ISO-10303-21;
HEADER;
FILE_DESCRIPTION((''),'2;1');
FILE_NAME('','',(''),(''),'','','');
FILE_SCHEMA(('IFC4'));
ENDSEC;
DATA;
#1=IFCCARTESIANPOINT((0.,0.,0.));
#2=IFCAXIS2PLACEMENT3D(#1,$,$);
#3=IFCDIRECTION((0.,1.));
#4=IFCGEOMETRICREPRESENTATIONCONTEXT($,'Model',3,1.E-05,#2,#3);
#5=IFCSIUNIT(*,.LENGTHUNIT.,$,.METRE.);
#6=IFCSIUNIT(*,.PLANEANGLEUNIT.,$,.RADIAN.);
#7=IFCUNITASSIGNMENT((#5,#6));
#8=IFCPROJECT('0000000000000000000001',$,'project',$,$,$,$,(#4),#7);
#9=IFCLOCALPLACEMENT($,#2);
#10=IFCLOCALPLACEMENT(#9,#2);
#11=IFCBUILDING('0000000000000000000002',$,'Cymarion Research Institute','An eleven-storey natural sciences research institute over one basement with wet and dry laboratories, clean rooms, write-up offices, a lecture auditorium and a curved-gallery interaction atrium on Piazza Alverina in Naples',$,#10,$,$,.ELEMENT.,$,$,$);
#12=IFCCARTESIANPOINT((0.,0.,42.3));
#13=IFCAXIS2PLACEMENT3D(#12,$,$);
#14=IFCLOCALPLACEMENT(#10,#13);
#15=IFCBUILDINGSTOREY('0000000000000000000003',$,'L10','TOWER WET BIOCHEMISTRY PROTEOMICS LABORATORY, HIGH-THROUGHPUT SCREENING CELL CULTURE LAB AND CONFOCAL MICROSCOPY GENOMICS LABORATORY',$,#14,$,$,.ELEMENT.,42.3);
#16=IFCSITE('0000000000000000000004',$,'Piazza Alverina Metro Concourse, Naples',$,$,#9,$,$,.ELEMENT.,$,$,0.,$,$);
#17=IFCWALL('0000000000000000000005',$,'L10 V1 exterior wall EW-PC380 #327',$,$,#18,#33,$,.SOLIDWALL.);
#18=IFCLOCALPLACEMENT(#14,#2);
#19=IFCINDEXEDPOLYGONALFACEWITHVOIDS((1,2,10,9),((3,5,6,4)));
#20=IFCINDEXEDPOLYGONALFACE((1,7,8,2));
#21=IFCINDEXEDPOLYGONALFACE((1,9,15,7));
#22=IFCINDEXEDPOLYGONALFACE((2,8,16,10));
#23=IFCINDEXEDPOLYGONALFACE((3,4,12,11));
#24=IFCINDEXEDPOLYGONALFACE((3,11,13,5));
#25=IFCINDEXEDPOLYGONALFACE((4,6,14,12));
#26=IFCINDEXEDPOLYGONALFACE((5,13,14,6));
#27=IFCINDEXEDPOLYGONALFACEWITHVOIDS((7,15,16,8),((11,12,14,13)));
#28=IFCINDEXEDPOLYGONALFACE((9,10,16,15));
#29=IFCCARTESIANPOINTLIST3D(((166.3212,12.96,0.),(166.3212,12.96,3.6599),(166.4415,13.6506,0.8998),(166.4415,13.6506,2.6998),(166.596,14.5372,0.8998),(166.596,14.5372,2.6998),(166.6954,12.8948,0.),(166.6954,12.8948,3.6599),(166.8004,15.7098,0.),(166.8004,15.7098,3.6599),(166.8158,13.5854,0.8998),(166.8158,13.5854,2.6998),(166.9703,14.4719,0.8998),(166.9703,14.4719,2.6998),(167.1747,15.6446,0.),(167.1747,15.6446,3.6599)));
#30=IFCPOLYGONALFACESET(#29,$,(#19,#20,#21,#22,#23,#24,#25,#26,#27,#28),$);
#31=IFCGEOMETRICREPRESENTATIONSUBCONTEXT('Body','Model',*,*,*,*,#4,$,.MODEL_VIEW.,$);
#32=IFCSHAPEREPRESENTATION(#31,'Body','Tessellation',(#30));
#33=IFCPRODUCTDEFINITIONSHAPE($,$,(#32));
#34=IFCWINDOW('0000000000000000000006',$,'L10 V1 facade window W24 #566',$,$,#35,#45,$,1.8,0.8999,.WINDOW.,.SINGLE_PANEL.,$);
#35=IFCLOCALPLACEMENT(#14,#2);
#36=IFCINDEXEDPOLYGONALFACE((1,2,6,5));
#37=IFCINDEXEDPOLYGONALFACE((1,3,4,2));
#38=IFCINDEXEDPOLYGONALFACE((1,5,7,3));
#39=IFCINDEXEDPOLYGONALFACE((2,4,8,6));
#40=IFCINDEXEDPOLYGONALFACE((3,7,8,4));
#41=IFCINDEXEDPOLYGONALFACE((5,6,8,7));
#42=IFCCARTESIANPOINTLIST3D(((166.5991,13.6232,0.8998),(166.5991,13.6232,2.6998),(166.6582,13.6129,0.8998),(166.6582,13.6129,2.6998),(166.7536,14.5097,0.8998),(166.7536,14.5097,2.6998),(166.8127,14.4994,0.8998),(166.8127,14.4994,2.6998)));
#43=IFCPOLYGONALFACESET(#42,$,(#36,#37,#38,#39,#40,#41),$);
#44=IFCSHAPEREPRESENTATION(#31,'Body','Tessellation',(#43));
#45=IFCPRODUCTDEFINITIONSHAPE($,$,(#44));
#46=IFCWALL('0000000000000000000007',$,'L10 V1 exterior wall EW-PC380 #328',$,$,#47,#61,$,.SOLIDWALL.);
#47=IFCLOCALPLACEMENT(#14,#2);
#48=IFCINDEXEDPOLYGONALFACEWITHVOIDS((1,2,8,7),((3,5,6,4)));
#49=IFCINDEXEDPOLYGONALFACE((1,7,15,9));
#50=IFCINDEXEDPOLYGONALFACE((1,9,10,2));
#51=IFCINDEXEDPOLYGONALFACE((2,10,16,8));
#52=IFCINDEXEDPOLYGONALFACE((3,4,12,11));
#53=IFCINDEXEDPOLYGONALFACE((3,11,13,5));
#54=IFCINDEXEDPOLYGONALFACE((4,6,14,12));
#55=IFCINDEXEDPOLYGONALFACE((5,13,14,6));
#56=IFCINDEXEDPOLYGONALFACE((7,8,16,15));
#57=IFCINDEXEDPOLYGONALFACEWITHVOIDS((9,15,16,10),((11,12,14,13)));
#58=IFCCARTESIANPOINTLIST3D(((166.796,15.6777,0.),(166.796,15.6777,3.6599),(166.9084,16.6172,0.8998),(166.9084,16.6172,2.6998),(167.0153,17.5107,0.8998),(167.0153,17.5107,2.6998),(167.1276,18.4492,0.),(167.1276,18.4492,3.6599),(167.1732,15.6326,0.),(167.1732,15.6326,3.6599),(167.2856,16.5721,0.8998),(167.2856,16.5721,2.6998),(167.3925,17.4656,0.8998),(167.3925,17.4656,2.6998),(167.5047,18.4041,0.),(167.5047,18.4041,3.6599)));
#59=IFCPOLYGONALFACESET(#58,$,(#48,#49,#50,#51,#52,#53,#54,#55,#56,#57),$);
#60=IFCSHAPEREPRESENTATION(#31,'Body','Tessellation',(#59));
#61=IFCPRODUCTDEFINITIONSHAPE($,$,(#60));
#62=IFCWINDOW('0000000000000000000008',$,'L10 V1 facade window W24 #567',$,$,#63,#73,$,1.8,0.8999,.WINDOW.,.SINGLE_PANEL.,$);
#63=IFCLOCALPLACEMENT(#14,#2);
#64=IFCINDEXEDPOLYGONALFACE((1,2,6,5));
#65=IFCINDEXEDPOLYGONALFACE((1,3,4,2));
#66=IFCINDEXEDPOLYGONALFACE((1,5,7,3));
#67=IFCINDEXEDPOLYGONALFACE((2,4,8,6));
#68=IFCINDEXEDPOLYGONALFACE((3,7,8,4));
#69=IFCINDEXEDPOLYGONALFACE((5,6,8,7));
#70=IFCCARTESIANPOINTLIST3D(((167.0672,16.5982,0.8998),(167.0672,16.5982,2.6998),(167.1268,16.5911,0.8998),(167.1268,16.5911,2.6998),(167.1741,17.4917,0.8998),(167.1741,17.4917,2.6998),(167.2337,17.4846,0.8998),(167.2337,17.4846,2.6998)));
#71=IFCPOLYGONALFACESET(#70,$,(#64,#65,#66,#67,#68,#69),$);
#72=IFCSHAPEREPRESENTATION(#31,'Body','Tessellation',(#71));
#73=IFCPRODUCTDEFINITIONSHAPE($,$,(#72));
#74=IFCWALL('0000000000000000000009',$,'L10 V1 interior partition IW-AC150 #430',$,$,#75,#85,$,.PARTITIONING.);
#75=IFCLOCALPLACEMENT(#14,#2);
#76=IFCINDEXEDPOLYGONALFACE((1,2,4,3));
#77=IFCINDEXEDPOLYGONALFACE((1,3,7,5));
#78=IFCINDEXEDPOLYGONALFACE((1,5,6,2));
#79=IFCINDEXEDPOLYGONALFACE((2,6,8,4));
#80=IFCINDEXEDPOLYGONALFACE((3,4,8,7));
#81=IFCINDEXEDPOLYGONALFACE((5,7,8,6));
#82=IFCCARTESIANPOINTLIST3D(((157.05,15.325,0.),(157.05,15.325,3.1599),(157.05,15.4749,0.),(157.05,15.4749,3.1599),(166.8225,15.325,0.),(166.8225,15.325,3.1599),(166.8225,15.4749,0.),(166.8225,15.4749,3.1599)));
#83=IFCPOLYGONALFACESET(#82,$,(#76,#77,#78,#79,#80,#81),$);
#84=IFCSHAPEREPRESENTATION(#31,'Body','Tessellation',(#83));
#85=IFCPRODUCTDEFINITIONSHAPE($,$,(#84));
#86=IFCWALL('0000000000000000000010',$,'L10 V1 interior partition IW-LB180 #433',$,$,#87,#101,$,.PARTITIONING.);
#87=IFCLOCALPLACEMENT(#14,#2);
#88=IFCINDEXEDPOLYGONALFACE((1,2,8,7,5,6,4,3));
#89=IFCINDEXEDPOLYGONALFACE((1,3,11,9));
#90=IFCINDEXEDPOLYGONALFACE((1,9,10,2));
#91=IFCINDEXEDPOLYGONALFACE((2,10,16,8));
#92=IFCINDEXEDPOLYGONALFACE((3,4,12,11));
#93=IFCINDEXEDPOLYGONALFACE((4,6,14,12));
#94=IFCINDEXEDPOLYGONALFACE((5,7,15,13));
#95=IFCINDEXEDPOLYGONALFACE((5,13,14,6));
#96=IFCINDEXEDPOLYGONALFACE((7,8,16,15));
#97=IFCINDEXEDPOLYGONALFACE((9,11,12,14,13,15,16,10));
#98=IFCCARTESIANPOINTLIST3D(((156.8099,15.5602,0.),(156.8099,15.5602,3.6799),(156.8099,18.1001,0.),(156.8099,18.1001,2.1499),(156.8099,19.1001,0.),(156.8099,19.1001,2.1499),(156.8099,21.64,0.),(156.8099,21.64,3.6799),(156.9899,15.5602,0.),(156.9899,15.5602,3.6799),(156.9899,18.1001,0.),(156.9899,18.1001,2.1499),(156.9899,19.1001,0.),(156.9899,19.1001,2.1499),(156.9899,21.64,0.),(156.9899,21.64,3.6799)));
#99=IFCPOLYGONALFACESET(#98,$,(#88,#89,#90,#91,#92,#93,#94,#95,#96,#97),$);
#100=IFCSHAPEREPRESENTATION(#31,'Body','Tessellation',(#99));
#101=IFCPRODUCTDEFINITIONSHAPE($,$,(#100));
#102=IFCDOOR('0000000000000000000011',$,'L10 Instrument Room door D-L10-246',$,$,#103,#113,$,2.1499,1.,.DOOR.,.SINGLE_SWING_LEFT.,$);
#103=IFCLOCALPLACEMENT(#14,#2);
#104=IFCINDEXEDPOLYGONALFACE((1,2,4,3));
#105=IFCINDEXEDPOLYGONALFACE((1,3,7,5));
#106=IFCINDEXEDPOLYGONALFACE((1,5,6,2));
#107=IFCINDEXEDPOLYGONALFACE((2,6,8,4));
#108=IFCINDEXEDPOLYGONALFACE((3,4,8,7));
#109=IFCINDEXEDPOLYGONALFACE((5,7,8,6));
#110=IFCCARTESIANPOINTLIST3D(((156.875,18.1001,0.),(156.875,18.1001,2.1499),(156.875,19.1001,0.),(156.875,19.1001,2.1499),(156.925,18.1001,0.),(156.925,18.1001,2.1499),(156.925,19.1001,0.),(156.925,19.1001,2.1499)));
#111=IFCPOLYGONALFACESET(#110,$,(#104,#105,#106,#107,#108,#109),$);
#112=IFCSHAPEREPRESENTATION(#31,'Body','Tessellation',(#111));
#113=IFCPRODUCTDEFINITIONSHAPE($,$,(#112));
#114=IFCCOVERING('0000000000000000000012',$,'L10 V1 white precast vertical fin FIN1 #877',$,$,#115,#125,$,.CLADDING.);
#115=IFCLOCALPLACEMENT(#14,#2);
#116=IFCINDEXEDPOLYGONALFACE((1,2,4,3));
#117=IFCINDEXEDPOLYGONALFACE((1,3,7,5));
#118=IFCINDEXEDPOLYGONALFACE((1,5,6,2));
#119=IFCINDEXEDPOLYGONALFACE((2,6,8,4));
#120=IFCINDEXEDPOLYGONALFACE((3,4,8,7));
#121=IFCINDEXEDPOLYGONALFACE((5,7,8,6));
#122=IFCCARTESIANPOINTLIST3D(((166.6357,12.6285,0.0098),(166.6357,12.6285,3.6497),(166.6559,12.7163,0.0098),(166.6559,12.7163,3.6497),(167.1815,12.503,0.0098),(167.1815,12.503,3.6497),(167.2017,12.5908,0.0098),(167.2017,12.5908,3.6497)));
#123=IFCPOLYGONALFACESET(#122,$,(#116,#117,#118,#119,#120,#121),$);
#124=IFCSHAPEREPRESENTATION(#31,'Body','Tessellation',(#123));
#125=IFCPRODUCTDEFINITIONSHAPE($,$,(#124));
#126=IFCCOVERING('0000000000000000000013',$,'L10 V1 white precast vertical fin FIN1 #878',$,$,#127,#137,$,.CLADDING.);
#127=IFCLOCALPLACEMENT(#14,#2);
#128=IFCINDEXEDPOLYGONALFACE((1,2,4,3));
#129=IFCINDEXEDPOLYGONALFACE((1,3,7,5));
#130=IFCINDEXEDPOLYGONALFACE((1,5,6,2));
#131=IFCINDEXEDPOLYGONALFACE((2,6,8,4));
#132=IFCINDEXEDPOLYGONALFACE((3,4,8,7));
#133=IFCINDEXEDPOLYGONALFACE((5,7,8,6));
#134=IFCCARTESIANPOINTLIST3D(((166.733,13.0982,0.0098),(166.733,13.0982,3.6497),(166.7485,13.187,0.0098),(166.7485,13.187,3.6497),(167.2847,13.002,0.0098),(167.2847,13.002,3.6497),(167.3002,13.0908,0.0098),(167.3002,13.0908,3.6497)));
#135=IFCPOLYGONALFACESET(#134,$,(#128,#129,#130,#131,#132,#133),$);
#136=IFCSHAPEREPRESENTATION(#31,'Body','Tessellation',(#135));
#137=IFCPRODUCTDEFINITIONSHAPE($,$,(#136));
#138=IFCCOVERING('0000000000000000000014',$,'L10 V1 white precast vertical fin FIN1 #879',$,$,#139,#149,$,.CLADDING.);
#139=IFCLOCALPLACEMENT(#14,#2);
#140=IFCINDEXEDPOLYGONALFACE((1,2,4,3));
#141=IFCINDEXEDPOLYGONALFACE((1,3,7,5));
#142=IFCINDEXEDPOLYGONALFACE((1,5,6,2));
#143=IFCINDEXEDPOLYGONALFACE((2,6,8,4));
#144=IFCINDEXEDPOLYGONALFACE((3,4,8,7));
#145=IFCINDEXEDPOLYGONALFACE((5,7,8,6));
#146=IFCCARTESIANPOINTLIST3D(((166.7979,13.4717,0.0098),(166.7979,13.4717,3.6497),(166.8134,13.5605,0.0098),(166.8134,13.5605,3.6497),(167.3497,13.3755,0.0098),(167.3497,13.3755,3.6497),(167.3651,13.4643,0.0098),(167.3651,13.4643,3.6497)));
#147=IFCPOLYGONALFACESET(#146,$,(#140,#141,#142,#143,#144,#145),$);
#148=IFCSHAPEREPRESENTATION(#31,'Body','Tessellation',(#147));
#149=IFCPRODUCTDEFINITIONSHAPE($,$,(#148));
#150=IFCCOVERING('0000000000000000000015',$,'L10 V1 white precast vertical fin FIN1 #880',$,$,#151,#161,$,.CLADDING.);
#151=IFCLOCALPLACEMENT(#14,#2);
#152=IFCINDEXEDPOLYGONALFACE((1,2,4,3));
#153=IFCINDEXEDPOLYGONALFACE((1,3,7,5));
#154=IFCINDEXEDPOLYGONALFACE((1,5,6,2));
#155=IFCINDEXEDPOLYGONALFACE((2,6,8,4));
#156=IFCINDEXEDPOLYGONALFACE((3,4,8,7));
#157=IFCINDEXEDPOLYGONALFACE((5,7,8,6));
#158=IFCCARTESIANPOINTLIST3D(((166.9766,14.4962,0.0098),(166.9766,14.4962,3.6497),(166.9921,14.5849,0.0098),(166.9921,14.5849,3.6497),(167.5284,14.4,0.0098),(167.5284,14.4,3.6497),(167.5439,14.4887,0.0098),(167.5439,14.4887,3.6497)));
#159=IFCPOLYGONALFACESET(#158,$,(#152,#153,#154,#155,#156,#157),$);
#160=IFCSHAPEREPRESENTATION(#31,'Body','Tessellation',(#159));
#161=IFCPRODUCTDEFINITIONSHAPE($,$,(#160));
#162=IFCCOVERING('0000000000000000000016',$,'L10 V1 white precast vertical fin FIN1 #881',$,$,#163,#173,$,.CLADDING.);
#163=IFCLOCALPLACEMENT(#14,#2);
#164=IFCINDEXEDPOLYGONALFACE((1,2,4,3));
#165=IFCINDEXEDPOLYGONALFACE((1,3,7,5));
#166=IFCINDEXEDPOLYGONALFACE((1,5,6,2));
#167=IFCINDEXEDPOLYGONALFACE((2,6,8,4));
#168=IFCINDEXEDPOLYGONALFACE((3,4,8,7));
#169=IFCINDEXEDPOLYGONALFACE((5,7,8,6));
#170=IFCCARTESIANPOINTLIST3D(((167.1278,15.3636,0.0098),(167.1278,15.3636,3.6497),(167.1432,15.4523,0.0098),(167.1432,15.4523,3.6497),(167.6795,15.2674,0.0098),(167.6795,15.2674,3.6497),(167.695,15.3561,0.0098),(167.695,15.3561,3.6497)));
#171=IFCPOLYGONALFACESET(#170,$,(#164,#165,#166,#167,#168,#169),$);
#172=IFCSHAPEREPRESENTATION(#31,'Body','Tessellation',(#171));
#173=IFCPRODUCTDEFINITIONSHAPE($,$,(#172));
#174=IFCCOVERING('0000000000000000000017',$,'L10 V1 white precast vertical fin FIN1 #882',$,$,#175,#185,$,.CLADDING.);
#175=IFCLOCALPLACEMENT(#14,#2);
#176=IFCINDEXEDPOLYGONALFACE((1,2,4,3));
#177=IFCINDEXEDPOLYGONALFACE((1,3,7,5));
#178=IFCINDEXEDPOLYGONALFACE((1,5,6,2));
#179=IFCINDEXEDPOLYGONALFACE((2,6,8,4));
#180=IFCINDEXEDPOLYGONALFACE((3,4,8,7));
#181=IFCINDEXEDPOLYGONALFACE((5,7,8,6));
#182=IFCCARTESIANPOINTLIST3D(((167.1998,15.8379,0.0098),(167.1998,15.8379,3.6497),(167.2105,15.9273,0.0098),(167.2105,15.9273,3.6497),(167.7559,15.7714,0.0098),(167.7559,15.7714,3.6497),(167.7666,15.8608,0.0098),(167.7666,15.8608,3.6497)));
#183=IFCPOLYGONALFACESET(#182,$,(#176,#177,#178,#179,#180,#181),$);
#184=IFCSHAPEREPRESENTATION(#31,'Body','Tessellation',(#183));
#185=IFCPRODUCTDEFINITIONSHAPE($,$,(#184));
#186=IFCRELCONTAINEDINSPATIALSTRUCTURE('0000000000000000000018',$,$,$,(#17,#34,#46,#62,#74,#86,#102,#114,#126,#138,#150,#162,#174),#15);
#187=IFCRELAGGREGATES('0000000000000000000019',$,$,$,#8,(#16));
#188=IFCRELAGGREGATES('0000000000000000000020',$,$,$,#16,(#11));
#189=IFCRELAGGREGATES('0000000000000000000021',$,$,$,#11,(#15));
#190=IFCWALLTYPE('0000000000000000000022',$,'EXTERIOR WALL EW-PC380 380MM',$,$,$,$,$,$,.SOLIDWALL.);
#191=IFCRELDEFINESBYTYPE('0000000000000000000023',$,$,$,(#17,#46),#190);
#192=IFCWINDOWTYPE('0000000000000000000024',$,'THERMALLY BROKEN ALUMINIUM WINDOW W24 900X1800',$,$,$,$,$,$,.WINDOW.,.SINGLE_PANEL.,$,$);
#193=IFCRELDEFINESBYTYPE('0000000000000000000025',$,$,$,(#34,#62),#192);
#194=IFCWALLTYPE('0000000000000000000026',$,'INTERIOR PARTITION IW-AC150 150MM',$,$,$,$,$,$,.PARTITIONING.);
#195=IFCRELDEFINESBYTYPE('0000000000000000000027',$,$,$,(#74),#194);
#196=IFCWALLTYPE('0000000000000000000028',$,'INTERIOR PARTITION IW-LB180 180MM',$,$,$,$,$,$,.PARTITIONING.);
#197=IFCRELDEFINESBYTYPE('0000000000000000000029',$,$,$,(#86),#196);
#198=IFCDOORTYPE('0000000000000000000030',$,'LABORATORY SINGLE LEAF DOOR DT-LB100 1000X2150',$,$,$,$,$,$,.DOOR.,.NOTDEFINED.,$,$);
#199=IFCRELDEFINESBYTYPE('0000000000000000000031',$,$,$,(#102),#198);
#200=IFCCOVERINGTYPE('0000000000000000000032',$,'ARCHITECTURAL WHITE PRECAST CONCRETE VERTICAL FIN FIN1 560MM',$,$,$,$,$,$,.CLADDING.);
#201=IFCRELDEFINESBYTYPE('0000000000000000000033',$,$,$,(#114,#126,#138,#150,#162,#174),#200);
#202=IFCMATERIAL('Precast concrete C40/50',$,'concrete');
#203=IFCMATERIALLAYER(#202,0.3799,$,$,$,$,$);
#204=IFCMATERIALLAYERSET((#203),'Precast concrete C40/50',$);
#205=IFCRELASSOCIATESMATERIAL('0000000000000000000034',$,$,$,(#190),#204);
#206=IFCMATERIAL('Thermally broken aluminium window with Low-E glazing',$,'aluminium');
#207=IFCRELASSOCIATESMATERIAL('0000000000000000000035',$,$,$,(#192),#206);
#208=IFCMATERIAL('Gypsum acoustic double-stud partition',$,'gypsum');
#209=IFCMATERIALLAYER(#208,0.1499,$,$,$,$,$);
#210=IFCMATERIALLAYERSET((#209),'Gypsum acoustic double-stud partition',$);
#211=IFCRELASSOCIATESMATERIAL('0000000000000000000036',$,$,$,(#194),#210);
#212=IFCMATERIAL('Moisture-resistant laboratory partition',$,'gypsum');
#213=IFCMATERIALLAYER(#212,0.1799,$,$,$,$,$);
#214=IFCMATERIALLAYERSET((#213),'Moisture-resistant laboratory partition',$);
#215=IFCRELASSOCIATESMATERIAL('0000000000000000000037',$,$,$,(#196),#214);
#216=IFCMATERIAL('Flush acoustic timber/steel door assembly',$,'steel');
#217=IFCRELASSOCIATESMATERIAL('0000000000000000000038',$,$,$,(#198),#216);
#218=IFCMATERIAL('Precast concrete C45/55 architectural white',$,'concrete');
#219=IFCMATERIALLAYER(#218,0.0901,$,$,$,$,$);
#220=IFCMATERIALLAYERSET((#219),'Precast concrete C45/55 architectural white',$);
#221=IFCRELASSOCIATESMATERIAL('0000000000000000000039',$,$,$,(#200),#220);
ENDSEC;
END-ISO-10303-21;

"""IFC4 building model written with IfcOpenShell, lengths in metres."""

from ifc_helpers import new_model, si_unit, direction, frame, frame_2d, origin, origin_2d, place, context, subcontext, project, spatial, rectangle, extrude, material, layer, layer_set, type_object, element, fill, save


model = new_model("IFC4")

# Units and contexts
model_context = context("Model", 3, precision=1e-05, world=origin(), true_north=direction((0.0, 1.0)))
body_context = subcontext(model_context, "Body", "Model", "MODEL_VIEW")
ifc_project = project(units=[si_unit("LENGTHUNIT", "METRE"), si_unit("PLANEANGLEUNIT", "RADIAN")], contexts=[model_context])

# Site, building, storey
site_placement = place(None, origin())
site = spatial("IfcSite", under=ifc_project, at=site_placement, Name="Piazza Alverina Metro Concourse, Naples", CompositionType="ELEMENT", RefElevation=0.0)
building_placement = place(site_placement, origin())
building = spatial("IfcBuilding", under=site, at=building_placement, Name="Cymarion Research Institute", Description="An eleven-storey natural sciences research institute over one basement with wet and dry laboratories, clean rooms, write-up offices, a lecture auditorium and a curved-gallery interaction atrium on Piazza Alverina in Naples", CompositionType="ELEMENT")
storey_placement = place(building_placement, frame((0.0, 0.0, 42.3)))
storey = spatial("IfcBuildingStorey", under=building, at=storey_placement, Name="L10", Description="TOWER WET BIOCHEMISTRY PROTEOMICS LABORATORY, HIGH-THROUGHPUT SCREENING CELL CULTURE LAB AND CONFOCAL MICROSCOPY GENOMICS LABORATORY", CompositionType="ELEMENT", Elevation=42.3)

# Walls, openings, windows
ifc_material_1 = material(Name="Precast concrete C40/50", Category="concrete")
ifc_layer_1 = layer(ifc_material_1, 0.3799)
ifc_layer_set_1 = layer_set([ifc_layer_1], Name="Precast concrete C40/50")
wall_type_1 = type_object("IfcWallType", Name="EXTERIOR WALL EW-PC380 380MM", PredefinedType="SOLIDWALL", material=ifc_layer_set_1)
wall_1_placement = place(storey_placement, frame((166.5083, 12.9275, 0.0), z_axis=(0.0, 0.0, 1.0), x_axis=(0.171699, 0.985149, 0.0)))
wall_1 = element("IfcWall", 1, at=wall_1_placement, inside=storey, type_object=wall_type_1, Name="L10 V1 exterior wall EW-PC380 #327", PredefinedType="SOLIDWALL", context=body_context, shape_type="SweptSolid", body=[
    extrude(rectangle(XDim=2.7913, YDim=0.3799, at=frame_2d((1.3955, 0.0))), origin(), (0.0, 0.0, 1.0), 3.6599),
])
opening_1_placement = place(wall_1_placement, frame((0.7009, 0.0, 0.8999)))
opening_1 = element("IfcOpeningElement", 2, at=opening_1_placement, cuts=wall_1, PredefinedType="OPENING", context=body_context, shape_type="SweptSolid", body=[
    extrude(rectangle(XDim=0.8999, YDim=1.8, at=frame_2d((0.45, 0.8999))), frame((0.0, 0.2, 0.0), z_axis=(0.0, -1.0, 0.0), x_axis=(1.0, 0.0, 0.0)), (0.0, 0.0, 1.0), 0.3999),
])
ifc_material_2 = material(Name="Thermally broken aluminium window with Low-E glazing", Category="aluminium")
window_type = type_object("IfcWindowType", Name="THERMALLY BROKEN ALUMINIUM WINDOW W24 900X1800", PartitioningType="SINGLE_PANEL", PredefinedType="WINDOW", material=ifc_material_2)
window_1_placement = place(opening_1_placement, origin())
window_1 = element("IfcWindow", 3, at=window_1_placement, inside=storey, type_object=window_type, Name="L10 V1 facade window W24 #566", OverallHeight=1.8, OverallWidth=0.8999, PartitioningType="SINGLE_PANEL", PredefinedType="WINDOW", context=body_context, shape_type="SweptSolid", body=[
    extrude(rectangle(XDim=0.8999, YDim=1.8, at=frame_2d((0.45, 0.8999))), frame((0.0, 0.03, 0.0), z_axis=(0.0, -1.0, 0.0), x_axis=(1.0, 0.0, 0.0)), (0.0, 0.0, 1.0), 0.0601),
])
fill(opening_1, window_1)
wall_2_placement = place(storey_placement, frame((166.9846, 15.6553, 0.0), z_axis=(0.0, 0.0, 1.0), x_axis=(0.11878, 0.992921, 0.0)))
wall_2 = element("IfcWall", 4, at=wall_2_placement, inside=storey, type_object=wall_type_1, Name="L10 V1 exterior wall EW-PC380 #328", PredefinedType="SOLIDWALL", context=body_context, shape_type="SweptSolid", body=[
    extrude(rectangle(XDim=2.7913, YDim=0.3799, at=frame_2d((1.3955, 0.0))), origin(), (0.0, 0.0, 1.0), 3.6599),
])
opening_2_placement = place(wall_2_placement, frame((0.946, 0.0, 0.8999)))
opening_2 = element("IfcOpeningElement", 5, at=opening_2_placement, cuts=wall_2, PredefinedType="OPENING", context=body_context, shape_type="SweptSolid", body=[
    extrude(rectangle(XDim=0.8999, YDim=1.8, at=frame_2d((0.45, 0.8999))), frame((0.0, 0.2, 0.0), z_axis=(0.0, -1.0, 0.0), x_axis=(1.0, 0.0, 0.0)), (0.0, 0.0, 1.0), 0.3999),
])
window_2_placement = place(opening_2_placement, origin())
window_2 = element("IfcWindow", 6, at=window_2_placement, inside=storey, type_object=window_type, Name="L10 V1 facade window W24 #567", OverallHeight=1.8, OverallWidth=0.8999, PartitioningType="SINGLE_PANEL", PredefinedType="WINDOW", context=body_context, shape_type="SweptSolid", body=[
    extrude(rectangle(XDim=0.8999, YDim=1.8, at=frame_2d((0.45, 0.8999))), frame((0.0, 0.03, 0.0), z_axis=(0.0, -1.0, 0.0), x_axis=(1.0, 0.0, 0.0)), (0.0, 0.0, 1.0), 0.0601),
])
fill(opening_2, window_2)

# Wall
ifc_material_3 = material(Name="Gypsum acoustic double-stud partition", Category="gypsum")
ifc_layer_2 = layer(ifc_material_3, 0.1499)
ifc_layer_set_2 = layer_set([ifc_layer_2], Name="Gypsum acoustic double-stud partition")
wall_type_2 = type_object("IfcWallType", Name="INTERIOR PARTITION IW-AC150 150MM", PredefinedType="PARTITIONING", material=ifc_layer_set_2)
wall_3_placement = place(storey_placement, frame((157.05, 15.3999, 0.0), z_axis=(0.0, 0.0, 1.0), x_axis=(1.0, 0.0, 0.0)))
element("IfcWall", 7, at=wall_3_placement, inside=storey, type_object=wall_type_2, Name="L10 V1 interior partition IW-AC150 #430", PredefinedType="PARTITIONING", context=body_context, shape_type="SweptSolid", body=[
    extrude(rectangle(XDim=9.7725, YDim=0.1499, at=frame_2d((4.8862, 0.0))), origin(), (0.0, 0.0, 1.0), 3.1599),
])

# Wall, opening, door
ifc_material_4 = material(Name="Moisture-resistant laboratory partition", Category="gypsum")
ifc_layer_3 = layer(ifc_material_4, 0.1799)
ifc_layer_set_3 = layer_set([ifc_layer_3], Name="Moisture-resistant laboratory partition")
wall_type_3 = type_object("IfcWallType", Name="INTERIOR PARTITION IW-LB180 180MM", PredefinedType="PARTITIONING", material=ifc_layer_set_3)
wall_4_placement = place(storey_placement, frame((156.8999, 15.5601, 0.0), z_axis=(0.0, 0.0, 1.0), x_axis=(0.0, 1.0, 0.0)))
wall_4 = element("IfcWall", 8, at=wall_4_placement, inside=storey, type_object=wall_type_3, Name="L10 V1 interior partition IW-LB180 #433", PredefinedType="PARTITIONING", context=body_context, shape_type="SweptSolid", body=[
    extrude(rectangle(XDim=6.0798, YDim=0.1799, at=frame_2d((3.04, 0.0))), origin(), (0.0, 0.0, 1.0), 3.6799),
])
opening_3_placement = place(wall_4_placement, frame((2.54, 0.0, 0.0)))
opening_3 = element("IfcOpeningElement", 9, at=opening_3_placement, cuts=wall_4, PredefinedType="OPENING", context=body_context, shape_type="SweptSolid", body=[
    extrude(rectangle(XDim=1.0, YDim=2.1499, at=frame_2d((0.5, 1.075))), frame((0.0, 0.0999, 0.0), z_axis=(0.0, -1.0, 0.0), x_axis=(1.0, 0.0, 0.0)), (0.0, 0.0, 1.0), 0.2),
])
ifc_material_5 = material(Name="Flush acoustic timber/steel door assembly", Category="steel")
door_type = type_object("IfcDoorType", Name="LABORATORY SINGLE LEAF DOOR DT-LB100 1000X2150", OperationType="NOTDEFINED", PredefinedType="DOOR", material=ifc_material_5)
door_placement = place(opening_3_placement, origin())
door = element("IfcDoor", 10, at=door_placement, inside=storey, type_object=door_type, Name="L10 Instrument Room door D-L10-246", OperationType="SINGLE_SWING_LEFT", OverallHeight=2.1499, OverallWidth=1.0, PredefinedType="DOOR", context=body_context, shape_type="SweptSolid", body=[
    extrude(rectangle(XDim=1.0, YDim=2.1499, at=frame_2d((0.5, 1.075))), frame((0.0, 0.0249, 0.0), z_axis=(0.0, -1.0, 0.0), x_axis=(1.0, 0.0, 0.0)), (0.0, 0.0, 1.0), 0.05),
])
fill(opening_3, door)

# Coverings
ifc_material_6 = material(Name="Precast concrete C45/55 architectural white", Category="concrete")
ifc_layer_4 = layer(ifc_material_6, 0.0901)
ifc_layer_set_4 = layer_set([ifc_layer_4], Name="Precast concrete C45/55 architectural white")
covering_type = type_object("IfcCoveringType", Name="ARCHITECTURAL WHITE PRECAST CONCRETE VERTICAL FIN FIN1 560MM", PredefinedType="CLADDING", material=ifc_layer_set_4)
for number, where, z_axis, x_axis, name in (
    (11, (166.9187, 12.6096, 0.0098), (0.0, 0.0, 1.0), (0.974566, -0.224101, 0.0), "L10 V1 white precast vertical fin FIN1 #877"),
    (12, (167.0166, 13.0945, 0.0098), (0.0, 0.0, 1.0), (0.985139, -0.171757, 0.0), "L10 V1 white precast vertical fin FIN1 #878"),
    (13, (167.0815, 13.468, 0.0098), (0.0, 0.0, 1.0), (0.985139, -0.171757, 0.0), "L10 V1 white precast vertical fin FIN1 #879"),
    (14, (167.2603, 14.4924, 0.0098), (0.0, 0.0, 1.0), (0.985139, -0.171757, 0.0), "L10 V1 white precast vertical fin FIN1 #880"),
    (15, (167.4114, 15.3599, 0.0098), (0.0, 0.0, 1.0), (0.985139, -0.171757, 0.0), "L10 V1 white precast vertical fin FIN1 #881"),
    (16, (167.4832, 15.8494, 0.0098), (0.0, 0.0, 1.0), (0.992924, -0.118751, 0.0), "L10 V1 white precast vertical fin FIN1 #882"),
):
    element("IfcCovering", number, at=place(storey_placement, frame(where, z_axis=z_axis, x_axis=x_axis)), inside=storey, type_object=covering_type, Name=name, PredefinedType="CLADDING", context=body_context, shape_type="SweptSolid", body=[
        extrude(rectangle(XDim=0.5601, YDim=0.0901, at=origin_2d()), origin(), (0.0, 0.0, 1.0), 3.6399),
    ])

save(model, "model.ifc")
